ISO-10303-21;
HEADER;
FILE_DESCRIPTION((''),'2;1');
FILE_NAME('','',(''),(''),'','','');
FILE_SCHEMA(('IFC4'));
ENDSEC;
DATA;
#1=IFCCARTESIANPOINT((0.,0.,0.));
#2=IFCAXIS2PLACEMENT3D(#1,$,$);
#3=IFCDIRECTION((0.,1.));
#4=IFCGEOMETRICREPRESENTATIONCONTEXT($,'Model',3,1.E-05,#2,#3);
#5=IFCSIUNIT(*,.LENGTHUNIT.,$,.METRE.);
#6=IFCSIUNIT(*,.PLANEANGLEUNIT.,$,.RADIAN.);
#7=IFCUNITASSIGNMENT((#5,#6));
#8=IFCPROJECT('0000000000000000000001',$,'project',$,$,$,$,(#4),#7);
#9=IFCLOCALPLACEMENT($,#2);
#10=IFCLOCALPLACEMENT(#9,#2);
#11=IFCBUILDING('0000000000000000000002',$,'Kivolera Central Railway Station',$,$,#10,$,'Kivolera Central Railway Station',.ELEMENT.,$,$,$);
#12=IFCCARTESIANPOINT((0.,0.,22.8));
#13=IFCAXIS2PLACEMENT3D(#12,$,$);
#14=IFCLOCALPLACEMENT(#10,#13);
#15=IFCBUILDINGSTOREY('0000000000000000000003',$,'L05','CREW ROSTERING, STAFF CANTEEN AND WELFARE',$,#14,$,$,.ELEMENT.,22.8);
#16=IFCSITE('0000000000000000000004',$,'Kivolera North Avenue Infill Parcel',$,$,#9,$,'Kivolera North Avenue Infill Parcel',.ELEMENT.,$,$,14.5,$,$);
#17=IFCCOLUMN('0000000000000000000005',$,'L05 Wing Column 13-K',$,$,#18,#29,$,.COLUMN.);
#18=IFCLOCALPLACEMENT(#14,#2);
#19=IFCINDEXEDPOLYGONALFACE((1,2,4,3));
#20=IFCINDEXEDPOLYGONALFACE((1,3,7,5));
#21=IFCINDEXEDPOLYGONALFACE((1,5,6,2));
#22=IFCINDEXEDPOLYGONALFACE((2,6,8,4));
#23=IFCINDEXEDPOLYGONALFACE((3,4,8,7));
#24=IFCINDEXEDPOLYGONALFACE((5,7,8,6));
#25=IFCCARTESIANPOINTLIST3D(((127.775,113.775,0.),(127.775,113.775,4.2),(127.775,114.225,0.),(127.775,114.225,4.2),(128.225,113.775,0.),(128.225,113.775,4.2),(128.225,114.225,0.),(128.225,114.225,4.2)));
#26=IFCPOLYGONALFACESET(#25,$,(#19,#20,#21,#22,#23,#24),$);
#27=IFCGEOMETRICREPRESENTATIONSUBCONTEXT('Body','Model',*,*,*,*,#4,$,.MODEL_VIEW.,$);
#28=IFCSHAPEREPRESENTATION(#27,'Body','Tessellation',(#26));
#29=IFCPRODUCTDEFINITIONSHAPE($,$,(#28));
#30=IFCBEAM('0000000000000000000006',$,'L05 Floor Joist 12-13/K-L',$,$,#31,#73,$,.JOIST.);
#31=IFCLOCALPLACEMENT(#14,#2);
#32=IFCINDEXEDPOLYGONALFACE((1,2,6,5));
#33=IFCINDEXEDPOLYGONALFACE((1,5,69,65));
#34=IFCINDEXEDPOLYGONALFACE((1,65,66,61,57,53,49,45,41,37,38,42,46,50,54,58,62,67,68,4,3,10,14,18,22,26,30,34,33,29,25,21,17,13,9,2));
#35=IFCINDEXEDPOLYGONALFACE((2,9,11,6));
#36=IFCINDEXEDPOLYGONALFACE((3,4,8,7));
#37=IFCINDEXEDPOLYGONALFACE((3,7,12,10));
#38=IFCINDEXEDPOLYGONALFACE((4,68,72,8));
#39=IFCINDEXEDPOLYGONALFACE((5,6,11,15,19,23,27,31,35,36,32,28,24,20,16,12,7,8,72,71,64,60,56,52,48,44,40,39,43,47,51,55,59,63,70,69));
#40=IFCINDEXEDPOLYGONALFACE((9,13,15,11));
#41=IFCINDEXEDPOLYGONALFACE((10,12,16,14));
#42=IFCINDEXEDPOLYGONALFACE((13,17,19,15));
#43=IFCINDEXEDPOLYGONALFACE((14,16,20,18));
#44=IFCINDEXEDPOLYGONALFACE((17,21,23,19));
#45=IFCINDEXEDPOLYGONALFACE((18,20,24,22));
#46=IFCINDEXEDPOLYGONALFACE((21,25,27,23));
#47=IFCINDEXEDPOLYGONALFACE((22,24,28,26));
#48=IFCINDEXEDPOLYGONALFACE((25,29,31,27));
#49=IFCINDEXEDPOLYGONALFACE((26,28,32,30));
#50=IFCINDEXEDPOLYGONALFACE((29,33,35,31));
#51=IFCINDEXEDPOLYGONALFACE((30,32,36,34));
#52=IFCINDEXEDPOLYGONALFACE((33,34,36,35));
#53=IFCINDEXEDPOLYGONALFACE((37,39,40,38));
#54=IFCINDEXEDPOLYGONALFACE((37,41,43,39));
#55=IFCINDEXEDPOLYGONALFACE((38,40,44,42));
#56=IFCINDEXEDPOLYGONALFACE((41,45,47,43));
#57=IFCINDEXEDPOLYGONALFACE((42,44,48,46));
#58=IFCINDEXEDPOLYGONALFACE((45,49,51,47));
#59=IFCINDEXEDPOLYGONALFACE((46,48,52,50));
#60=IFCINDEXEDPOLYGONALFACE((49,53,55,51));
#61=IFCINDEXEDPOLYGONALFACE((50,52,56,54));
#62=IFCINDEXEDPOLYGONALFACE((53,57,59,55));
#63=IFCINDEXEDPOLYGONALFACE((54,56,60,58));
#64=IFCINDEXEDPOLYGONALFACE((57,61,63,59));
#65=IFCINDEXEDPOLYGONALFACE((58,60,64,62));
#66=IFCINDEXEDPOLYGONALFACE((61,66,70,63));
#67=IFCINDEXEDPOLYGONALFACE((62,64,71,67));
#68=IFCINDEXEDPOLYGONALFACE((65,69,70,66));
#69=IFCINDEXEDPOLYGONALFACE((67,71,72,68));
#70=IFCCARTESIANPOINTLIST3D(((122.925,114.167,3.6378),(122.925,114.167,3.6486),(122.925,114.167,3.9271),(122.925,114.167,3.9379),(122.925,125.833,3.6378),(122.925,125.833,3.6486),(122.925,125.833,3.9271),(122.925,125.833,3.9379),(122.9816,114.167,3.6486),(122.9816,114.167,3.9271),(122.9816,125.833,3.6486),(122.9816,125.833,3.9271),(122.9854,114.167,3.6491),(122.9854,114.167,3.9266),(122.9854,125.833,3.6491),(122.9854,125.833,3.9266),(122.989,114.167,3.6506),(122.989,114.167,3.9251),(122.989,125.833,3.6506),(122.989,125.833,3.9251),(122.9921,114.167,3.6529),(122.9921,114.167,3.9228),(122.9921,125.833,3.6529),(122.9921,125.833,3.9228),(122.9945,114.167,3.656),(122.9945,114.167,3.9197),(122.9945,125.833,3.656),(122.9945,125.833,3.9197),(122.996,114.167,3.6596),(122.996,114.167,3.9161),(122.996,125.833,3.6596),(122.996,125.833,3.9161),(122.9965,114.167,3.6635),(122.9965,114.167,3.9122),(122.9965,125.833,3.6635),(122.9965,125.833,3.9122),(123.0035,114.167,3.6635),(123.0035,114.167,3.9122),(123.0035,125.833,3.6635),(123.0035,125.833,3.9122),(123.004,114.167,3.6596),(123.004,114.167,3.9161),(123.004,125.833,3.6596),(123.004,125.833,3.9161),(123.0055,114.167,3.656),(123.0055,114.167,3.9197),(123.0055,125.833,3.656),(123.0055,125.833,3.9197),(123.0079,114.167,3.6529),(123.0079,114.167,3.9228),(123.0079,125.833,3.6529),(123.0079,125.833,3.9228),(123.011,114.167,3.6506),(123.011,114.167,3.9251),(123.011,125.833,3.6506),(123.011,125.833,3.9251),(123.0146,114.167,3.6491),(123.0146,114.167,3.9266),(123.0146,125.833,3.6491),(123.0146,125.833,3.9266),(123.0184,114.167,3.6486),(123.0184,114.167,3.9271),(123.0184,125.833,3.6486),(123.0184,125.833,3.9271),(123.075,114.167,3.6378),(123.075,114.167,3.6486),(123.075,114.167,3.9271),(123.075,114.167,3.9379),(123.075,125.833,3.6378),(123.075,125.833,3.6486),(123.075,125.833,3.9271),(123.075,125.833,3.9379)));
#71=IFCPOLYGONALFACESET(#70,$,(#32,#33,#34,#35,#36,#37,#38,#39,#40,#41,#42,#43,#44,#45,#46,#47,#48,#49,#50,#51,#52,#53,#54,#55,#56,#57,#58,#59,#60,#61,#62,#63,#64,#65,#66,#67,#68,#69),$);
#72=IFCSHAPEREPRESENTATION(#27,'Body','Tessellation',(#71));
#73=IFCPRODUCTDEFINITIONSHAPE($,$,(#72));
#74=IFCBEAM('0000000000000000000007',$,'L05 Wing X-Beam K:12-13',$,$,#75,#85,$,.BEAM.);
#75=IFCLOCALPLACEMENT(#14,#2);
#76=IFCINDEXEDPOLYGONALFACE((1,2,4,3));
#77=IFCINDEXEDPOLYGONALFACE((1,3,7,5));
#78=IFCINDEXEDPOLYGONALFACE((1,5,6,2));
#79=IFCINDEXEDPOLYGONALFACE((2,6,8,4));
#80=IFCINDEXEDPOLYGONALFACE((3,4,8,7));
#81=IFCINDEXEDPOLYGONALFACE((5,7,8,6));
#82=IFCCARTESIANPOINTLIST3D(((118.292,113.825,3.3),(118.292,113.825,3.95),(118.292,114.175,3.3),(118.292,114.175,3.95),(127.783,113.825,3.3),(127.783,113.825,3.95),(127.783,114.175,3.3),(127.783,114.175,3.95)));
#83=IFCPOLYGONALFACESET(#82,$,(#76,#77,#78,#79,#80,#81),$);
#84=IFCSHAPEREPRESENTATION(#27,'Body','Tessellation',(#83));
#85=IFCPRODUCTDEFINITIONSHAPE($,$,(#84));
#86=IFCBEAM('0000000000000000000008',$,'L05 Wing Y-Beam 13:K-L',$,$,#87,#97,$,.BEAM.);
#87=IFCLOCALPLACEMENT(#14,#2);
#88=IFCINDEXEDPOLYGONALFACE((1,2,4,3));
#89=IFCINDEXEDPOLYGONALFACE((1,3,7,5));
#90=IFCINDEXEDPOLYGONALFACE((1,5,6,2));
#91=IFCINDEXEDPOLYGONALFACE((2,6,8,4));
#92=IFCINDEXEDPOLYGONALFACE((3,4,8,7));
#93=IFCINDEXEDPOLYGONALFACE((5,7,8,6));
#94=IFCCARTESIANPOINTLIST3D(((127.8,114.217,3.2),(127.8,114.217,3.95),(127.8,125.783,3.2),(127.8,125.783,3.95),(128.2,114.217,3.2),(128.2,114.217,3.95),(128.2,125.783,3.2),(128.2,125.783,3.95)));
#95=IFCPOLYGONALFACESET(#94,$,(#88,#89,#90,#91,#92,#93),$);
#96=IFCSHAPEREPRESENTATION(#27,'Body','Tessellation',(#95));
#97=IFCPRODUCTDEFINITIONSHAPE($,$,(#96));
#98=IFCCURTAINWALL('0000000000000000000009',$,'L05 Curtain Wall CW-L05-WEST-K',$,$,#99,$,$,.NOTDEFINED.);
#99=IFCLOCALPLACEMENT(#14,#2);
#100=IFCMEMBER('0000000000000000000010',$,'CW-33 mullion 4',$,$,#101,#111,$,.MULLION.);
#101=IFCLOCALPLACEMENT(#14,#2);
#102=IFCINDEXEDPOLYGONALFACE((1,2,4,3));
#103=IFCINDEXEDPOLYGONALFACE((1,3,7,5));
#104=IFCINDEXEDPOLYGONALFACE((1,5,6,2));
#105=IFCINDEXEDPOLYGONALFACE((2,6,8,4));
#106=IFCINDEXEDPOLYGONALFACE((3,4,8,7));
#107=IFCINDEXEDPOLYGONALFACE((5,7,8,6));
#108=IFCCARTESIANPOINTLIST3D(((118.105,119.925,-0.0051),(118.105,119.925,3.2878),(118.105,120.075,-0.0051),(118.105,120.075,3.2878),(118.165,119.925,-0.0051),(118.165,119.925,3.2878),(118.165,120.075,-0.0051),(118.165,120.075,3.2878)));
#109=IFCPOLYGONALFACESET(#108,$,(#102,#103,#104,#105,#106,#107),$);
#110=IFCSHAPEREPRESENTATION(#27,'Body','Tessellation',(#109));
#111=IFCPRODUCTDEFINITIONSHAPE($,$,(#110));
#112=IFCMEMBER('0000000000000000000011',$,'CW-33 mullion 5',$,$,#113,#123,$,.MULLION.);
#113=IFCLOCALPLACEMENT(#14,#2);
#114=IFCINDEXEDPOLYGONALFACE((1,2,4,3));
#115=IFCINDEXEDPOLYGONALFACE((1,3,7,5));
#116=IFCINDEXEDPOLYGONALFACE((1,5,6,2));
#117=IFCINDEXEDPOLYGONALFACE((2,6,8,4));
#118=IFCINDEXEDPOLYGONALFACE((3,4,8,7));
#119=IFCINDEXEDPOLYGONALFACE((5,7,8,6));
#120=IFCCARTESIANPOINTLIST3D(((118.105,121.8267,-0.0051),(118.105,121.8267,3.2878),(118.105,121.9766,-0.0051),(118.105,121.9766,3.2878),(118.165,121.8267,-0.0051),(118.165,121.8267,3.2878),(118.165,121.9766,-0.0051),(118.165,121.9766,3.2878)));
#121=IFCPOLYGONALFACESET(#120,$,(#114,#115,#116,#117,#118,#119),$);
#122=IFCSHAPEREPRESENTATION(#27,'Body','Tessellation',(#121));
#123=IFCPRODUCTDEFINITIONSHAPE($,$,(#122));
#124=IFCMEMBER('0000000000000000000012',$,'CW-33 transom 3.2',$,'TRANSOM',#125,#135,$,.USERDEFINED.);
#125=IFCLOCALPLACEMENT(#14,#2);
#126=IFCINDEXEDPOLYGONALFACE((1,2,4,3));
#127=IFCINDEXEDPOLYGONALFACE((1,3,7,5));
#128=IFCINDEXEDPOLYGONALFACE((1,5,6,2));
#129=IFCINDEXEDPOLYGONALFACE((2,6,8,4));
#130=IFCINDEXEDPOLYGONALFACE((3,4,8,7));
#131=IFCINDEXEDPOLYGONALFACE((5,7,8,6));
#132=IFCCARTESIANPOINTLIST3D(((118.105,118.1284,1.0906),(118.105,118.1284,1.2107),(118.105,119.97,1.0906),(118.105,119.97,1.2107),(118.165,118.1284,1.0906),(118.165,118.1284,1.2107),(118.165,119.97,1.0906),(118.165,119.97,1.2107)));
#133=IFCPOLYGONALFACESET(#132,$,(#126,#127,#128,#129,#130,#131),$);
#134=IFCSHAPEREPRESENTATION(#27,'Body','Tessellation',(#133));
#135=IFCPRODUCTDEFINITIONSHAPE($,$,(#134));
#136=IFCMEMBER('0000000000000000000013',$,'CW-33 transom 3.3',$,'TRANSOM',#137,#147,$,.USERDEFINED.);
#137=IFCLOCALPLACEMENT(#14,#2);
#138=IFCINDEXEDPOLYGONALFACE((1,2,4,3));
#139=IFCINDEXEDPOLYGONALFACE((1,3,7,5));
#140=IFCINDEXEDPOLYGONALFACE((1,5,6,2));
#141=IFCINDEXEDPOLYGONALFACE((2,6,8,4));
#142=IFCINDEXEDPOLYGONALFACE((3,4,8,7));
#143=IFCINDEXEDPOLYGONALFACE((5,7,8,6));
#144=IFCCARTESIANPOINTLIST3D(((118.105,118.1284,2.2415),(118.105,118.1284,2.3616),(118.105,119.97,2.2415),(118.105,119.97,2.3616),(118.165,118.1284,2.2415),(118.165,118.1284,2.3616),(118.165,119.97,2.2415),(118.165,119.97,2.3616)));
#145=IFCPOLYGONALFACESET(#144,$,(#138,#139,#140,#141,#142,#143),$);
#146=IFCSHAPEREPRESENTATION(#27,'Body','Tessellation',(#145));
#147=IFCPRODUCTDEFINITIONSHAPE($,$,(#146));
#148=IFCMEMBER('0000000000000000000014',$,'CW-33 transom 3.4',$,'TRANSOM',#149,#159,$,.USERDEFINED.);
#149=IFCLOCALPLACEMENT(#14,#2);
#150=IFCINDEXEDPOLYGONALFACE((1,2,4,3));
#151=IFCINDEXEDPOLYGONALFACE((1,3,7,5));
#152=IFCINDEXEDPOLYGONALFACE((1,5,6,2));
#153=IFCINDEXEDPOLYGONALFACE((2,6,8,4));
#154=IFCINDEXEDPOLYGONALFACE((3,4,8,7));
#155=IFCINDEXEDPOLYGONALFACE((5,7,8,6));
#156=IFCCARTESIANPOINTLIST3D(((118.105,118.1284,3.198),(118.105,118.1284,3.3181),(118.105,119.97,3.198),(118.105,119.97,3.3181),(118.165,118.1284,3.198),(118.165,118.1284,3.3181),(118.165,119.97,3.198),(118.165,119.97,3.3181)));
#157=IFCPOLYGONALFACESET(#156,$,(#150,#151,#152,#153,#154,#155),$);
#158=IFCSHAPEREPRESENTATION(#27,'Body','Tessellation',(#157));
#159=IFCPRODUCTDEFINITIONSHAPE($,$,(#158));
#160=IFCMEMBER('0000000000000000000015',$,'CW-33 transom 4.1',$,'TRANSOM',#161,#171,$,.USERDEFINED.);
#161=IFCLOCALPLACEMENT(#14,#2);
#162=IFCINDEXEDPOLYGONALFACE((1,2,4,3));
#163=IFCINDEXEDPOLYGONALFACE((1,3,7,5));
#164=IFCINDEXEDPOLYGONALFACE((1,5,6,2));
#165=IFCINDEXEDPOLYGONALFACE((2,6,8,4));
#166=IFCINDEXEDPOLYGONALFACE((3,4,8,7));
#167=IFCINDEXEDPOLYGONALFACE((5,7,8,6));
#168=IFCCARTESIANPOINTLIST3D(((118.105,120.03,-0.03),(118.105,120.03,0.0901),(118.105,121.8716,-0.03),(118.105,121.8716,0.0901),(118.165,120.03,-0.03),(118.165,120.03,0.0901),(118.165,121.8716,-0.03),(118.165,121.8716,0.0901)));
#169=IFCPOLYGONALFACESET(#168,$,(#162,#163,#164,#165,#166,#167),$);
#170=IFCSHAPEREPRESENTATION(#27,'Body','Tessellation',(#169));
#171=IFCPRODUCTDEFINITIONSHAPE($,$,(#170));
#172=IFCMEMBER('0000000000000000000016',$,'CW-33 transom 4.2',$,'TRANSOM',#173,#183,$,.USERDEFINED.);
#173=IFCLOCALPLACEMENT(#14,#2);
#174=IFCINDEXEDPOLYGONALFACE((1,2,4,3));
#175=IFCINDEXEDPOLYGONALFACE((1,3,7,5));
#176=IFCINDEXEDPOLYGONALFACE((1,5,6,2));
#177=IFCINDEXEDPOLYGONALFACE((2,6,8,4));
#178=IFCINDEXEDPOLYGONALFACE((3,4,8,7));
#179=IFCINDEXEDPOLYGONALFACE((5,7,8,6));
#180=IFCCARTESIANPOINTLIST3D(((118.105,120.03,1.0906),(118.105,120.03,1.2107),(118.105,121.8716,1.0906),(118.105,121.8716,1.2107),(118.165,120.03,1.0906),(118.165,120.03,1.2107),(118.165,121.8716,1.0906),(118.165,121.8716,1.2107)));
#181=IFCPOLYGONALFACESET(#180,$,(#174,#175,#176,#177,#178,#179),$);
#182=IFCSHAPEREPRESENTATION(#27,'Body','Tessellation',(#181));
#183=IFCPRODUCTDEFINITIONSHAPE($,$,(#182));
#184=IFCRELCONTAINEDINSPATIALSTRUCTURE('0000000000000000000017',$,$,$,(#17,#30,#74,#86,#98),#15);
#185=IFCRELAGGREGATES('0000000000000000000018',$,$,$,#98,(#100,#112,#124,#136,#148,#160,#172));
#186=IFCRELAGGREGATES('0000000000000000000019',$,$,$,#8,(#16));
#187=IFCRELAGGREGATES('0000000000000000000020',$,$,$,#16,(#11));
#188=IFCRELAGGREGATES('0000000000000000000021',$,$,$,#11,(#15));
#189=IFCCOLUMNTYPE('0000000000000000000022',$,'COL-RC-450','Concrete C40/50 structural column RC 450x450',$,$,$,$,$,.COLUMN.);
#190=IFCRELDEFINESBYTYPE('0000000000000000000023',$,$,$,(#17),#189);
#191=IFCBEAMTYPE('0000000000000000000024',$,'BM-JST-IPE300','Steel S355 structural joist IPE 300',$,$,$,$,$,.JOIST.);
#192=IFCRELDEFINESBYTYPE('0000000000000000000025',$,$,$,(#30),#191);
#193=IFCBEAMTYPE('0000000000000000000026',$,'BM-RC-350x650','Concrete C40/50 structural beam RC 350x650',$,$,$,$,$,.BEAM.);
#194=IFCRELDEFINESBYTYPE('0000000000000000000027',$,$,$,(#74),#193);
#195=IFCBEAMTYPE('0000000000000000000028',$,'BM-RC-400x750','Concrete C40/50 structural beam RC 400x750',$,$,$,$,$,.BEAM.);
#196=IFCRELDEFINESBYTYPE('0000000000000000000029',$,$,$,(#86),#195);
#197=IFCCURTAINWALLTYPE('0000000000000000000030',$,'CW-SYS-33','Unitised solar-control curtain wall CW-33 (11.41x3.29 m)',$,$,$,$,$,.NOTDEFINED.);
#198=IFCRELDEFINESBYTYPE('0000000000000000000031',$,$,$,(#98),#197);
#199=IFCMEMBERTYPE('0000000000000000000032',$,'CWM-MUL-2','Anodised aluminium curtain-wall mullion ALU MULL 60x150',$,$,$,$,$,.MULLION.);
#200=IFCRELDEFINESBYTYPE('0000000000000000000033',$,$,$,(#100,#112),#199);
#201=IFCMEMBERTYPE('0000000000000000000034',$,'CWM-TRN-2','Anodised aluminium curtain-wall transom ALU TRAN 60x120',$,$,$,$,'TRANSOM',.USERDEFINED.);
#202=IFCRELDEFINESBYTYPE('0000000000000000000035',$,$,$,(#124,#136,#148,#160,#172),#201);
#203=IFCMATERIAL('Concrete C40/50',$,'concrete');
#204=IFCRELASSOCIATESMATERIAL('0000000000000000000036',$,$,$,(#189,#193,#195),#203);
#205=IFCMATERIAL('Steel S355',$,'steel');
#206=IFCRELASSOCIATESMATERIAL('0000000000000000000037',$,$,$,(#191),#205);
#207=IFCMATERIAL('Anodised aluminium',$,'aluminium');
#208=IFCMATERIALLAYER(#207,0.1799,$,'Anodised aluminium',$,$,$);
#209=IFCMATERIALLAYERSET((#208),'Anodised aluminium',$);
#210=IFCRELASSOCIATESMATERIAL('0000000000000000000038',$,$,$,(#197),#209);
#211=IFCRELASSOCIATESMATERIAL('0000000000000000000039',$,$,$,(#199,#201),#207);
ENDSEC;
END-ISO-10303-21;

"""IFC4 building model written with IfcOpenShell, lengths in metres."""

from ifc_helpers import new_model, si_unit, direction, frame, origin, origin_2d, place, context, subcontext, project, spatial, rectangle, i_section, extrude, material, layer, layer_set, material_profile, profile_set, type_object, element, aggregate, save


model = new_model("IFC4")

# Units and contexts
model_context = context("Model", 3, precision=1e-05, world=origin(), true_north=direction((0.0, 1.0)))
body_context = subcontext(model_context, "Body", "Model", "MODEL_VIEW")
ifc_project = project(units=[si_unit("LENGTHUNIT", "METRE"), si_unit("PLANEANGLEUNIT", "RADIAN")], contexts=[model_context])

# Site, building, storey
site_placement = place(None, origin())
site = spatial("IfcSite", under=ifc_project, at=site_placement, Name="Kivolera North Avenue Infill Parcel", LongName="Kivolera North Avenue Infill Parcel", CompositionType="ELEMENT", RefElevation=14.5)
building_placement = place(site_placement, origin())
building = spatial("IfcBuilding", under=site, at=building_placement, Name="Kivolera Central Railway Station", LongName="Kivolera Central Railway Station", CompositionType="ELEMENT")
storey_placement = place(building_placement, frame((0.0, 0.0, 22.8)))
storey = spatial("IfcBuildingStorey", under=building, at=storey_placement, Name="L05", Description="CREW ROSTERING, STAFF CANTEEN AND WELFARE", CompositionType="ELEMENT", Elevation=22.8)

# Column
ifc_material_1 = material(Name="Concrete C40/50", Category="concrete")
ifc_material_profile_1 = material_profile(ifc_material_1, rectangle(XDim=0.45, YDim=0.45, at=origin_2d()), Name="RC 450x450")
ifc_profile_set_1 = profile_set([ifc_material_profile_1], Name="Concrete C40/50")
column_type = type_object("IfcColumnType", Name="COL-RC-450", Description="Concrete C40/50 structural column RC 450x450", PredefinedType="COLUMN", material=ifc_profile_set_1)
column_placement = place(storey_placement, frame((128.0, 114.0, 0.0), z_axis=(0.0, 0.0, 1.0), x_axis=(1.0, 0.0, 0.0)))
element("IfcColumn", 1, at=column_placement, inside=storey, type_object=column_type, Name="L05 Wing Column 13-K", PredefinedType="COLUMN", context=body_context, shape_type="SweptSolid", body=[
    extrude(rectangle(XDim=0.45, YDim=0.45, at=origin_2d()), origin(), (0.0, 0.0, 1.0), 4.2),
])

# Beams
ifc_material_2 = material(Name="Steel S355", Category="steel")
ifc_material_profile_2 = material_profile(ifc_material_2, i_section(OverallWidth=0.1499, OverallDepth=0.3, WebThickness=0.0071, FlangeThickness=0.0107, FilletRadius=0.0149, at=origin_2d()), Name="IPE 300")
ifc_profile_set_2 = profile_set([ifc_material_profile_2], Name="Steel S355")
beam_type_1 = type_object("IfcBeamType", Name="BM-JST-IPE300", Description="Steel S355 structural joist IPE 300", PredefinedType="JOIST", material=ifc_profile_set_2)
beam_1_placement = place(storey_placement, frame((123.0, 114.167, 3.7878), z_axis=(0.0, 1.0, 0.0), x_axis=(-1.0, 0.0, 0.0)))
element("IfcBeam", 2, at=beam_1_placement, inside=storey, type_object=beam_type_1, Name="L05 Floor Joist 12-13/K-L", PredefinedType="JOIST", context=body_context, shape_type="SweptSolid", body=[
    extrude(i_section(OverallWidth=0.1499, OverallDepth=0.3, WebThickness=0.0071, FlangeThickness=0.0107, FilletRadius=0.0149, at=origin_2d()), origin(), (0.0, 0.0, 1.0), 11.666),
])
ifc_material_profile_3 = material_profile(ifc_material_1, rectangle(XDim=0.3501, YDim=0.6499, at=origin_2d()), Name="RC 350x650")
ifc_profile_set_3 = profile_set([ifc_material_profile_3], Name="Concrete C40/50")
beam_type_2 = type_object("IfcBeamType", Name="BM-RC-350x650", Description="Concrete C40/50 structural beam RC 350x650", PredefinedType="BEAM", material=ifc_profile_set_3)
beam_2_placement = place(storey_placement, frame((118.292, 114.0, 3.625), z_axis=(1.0, 0.0, 0.0), x_axis=(0.0, 1.0, 0.0)))
element("IfcBeam", 3, at=beam_2_placement, inside=storey, type_object=beam_type_2, Name="L05 Wing X-Beam K:12-13", PredefinedType="BEAM", context=body_context, shape_type="SweptSolid", body=[
    extrude(rectangle(XDim=0.3501, YDim=0.6499, at=origin_2d()), origin(), (0.0, 0.0, 1.0), 9.491),
])
ifc_material_profile_4 = material_profile(ifc_material_1, rectangle(XDim=0.3999, YDim=0.75, at=origin_2d()), Name="RC 400x750")
ifc_profile_set_4 = profile_set([ifc_material_profile_4], Name="Concrete C40/50")
beam_type_3 = type_object("IfcBeamType", Name="BM-RC-400x750", Description="Concrete C40/50 structural beam RC 400x750", PredefinedType="BEAM", material=ifc_profile_set_4)
beam_3_placement = place(storey_placement, frame((128.0, 114.217, 3.575), z_axis=(0.0, 1.0, 0.0), x_axis=(-1.0, 0.0, 0.0)))
element("IfcBeam", 4, at=beam_3_placement, inside=storey, type_object=beam_type_3, Name="L05 Wing Y-Beam 13:K-L", PredefinedType="BEAM", context=body_context, shape_type="SweptSolid", body=[
    extrude(rectangle(XDim=0.3999, YDim=0.75, at=origin_2d()), origin(), (0.0, 0.0, 1.0), 11.5659),
])

# Curtain wall, members
ifc_material_3 = material(Name="Anodised aluminium", Category="aluminium")
ifc_layer_1 = layer(ifc_material_3, 0.1799, Name="Anodised aluminium")
ifc_layer_set_1 = layer_set([ifc_layer_1], Name="Anodised aluminium")
curtain_wall_type = type_object("IfcCurtainWallType", Name="CW-SYS-33", Description="Unitised solar-control curtain wall CW-33 (11.41x3.29 m)", PredefinedType="NOTDEFINED", material=ifc_layer_set_1)
curtain_wall_placement = place(storey_placement, origin())
curtain_wall = element("IfcCurtainWall", 5, at=curtain_wall_placement, inside=storey, type_object=curtain_wall_type, Name="L05 Curtain Wall CW-L05-WEST-K", PredefinedType="NOTDEFINED")
ifc_material_profile_5 = material_profile(ifc_material_3, rectangle(XDim=0.0601, YDim=0.1499, at=origin_2d()), Name="ALU MULL 60x150")
ifc_profile_set_5 = profile_set([ifc_material_profile_5], Name="Anodised aluminium")
member_type_1 = type_object("IfcMemberType", Name="CWM-MUL-2", Description="Anodised aluminium curtain-wall mullion ALU MULL 60x150", PredefinedType="MULLION", material=ifc_profile_set_5)
member_1_placement = place(storey_placement, frame((118.135, 120.0, -0.0051), z_axis=(0.0, 0.0, 1.0), x_axis=(-1.0, 0.0, 0.0)))
member_1 = element("IfcMember", 6, at=member_1_placement, type_object=member_type_1, Name="CW-33 mullion 4", PredefinedType="MULLION", context=body_context, shape_type="SweptSolid", body=[
    extrude(rectangle(XDim=0.0601, YDim=0.1499, at=origin_2d()), origin(), (0.0, 0.0, 1.0), 3.293),
])
member_2_placement = place(storey_placement, frame((118.135, 121.9016, -0.0051), z_axis=(0.0, 0.0, 1.0), x_axis=(-1.0, 0.0, 0.0)))
member_2 = element("IfcMember", 7, at=member_2_placement, type_object=member_type_1, Name="CW-33 mullion 5", PredefinedType="MULLION", context=body_context, shape_type="SweptSolid", body=[
    extrude(rectangle(XDim=0.0601, YDim=0.1499, at=origin_2d()), origin(), (0.0, 0.0, 1.0), 3.293),
])
ifc_material_profile_6 = material_profile(ifc_material_3, rectangle(XDim=0.0601, YDim=0.1201, at=origin_2d()), Name="ALU TRAN 60x120")
ifc_profile_set_6 = profile_set([ifc_material_profile_6], Name="Anodised aluminium")
member_type_2 = type_object("IfcMemberType", Name="CWM-TRN-2", Description="Anodised aluminium curtain-wall transom ALU TRAN 60x120", ElementType="TRANSOM", PredefinedType="USERDEFINED", material=ifc_profile_set_6)
member_3_placement = place(storey_placement, frame((118.135, 118.1284, 1.1506), z_axis=(0.0, 1.0, 0.0), x_axis=(-1.0, 0.0, 0.0)))
member_3 = element("IfcMember", 8, at=member_3_placement, type_object=member_type_2, Name="CW-33 transom 3.2", ObjectType="TRANSOM", PredefinedType="USERDEFINED", context=body_context, shape_type="SweptSolid", body=[
    extrude(rectangle(XDim=0.0601, YDim=0.1201, at=origin_2d()), origin(), (0.0, 0.0, 1.0), 1.8416),
])
member_4_placement = place(storey_placement, frame((118.135, 118.1284, 2.3015), z_axis=(0.0, 1.0, 0.0), x_axis=(-1.0, 0.0, 0.0)))
member_4 = element("IfcMember", 9, at=member_4_placement, type_object=member_type_2, Name="CW-33 transom 3.3", ObjectType="TRANSOM", PredefinedType="USERDEFINED", context=body_context, shape_type="SweptSolid", body=[
    extrude(rectangle(XDim=0.0601, YDim=0.1201, at=origin_2d()), origin(), (0.0, 0.0, 1.0), 1.8416),
])
member_5_placement = place(storey_placement, frame((118.135, 118.1284, 3.2581), z_axis=(0.0, 1.0, 0.0), x_axis=(-1.0, 0.0, 0.0)))
member_5 = element("IfcMember", 10, at=member_5_placement, type_object=member_type_2, Name="CW-33 transom 3.4", ObjectType="TRANSOM", PredefinedType="USERDEFINED", context=body_context, shape_type="SweptSolid", body=[
    extrude(rectangle(XDim=0.0601, YDim=0.1201, at=origin_2d()), origin(), (0.0, 0.0, 1.0), 1.8416),
])
member_6_placement = place(storey_placement, frame((118.135, 120.03, 0.03), z_axis=(0.0, 1.0, 0.0), x_axis=(-1.0, 0.0, 0.0)))
member_6 = element("IfcMember", 11, at=member_6_placement, type_object=member_type_2, Name="CW-33 transom 4.1", ObjectType="TRANSOM", PredefinedType="USERDEFINED", context=body_context, shape_type="SweptSolid", body=[
    extrude(rectangle(XDim=0.0601, YDim=0.1201, at=origin_2d()), origin(), (0.0, 0.0, 1.0), 1.8416),
])
member_7_placement = place(storey_placement, frame((118.135, 120.03, 1.1506), z_axis=(0.0, 1.0, 0.0), x_axis=(-1.0, 0.0, 0.0)))
member_7 = element("IfcMember", 12, at=member_7_placement, type_object=member_type_2, Name="CW-33 transom 4.2", ObjectType="TRANSOM", PredefinedType="USERDEFINED", context=body_context, shape_type="SweptSolid", body=[
    extrude(rectangle(XDim=0.0601, YDim=0.1201, at=origin_2d()), origin(), (0.0, 0.0, 1.0), 1.8416),
])
aggregate(curtain_wall, [member_1, member_2, member_3, member_4, member_5, member_6, member_7])

save(model, "model.ifc")
